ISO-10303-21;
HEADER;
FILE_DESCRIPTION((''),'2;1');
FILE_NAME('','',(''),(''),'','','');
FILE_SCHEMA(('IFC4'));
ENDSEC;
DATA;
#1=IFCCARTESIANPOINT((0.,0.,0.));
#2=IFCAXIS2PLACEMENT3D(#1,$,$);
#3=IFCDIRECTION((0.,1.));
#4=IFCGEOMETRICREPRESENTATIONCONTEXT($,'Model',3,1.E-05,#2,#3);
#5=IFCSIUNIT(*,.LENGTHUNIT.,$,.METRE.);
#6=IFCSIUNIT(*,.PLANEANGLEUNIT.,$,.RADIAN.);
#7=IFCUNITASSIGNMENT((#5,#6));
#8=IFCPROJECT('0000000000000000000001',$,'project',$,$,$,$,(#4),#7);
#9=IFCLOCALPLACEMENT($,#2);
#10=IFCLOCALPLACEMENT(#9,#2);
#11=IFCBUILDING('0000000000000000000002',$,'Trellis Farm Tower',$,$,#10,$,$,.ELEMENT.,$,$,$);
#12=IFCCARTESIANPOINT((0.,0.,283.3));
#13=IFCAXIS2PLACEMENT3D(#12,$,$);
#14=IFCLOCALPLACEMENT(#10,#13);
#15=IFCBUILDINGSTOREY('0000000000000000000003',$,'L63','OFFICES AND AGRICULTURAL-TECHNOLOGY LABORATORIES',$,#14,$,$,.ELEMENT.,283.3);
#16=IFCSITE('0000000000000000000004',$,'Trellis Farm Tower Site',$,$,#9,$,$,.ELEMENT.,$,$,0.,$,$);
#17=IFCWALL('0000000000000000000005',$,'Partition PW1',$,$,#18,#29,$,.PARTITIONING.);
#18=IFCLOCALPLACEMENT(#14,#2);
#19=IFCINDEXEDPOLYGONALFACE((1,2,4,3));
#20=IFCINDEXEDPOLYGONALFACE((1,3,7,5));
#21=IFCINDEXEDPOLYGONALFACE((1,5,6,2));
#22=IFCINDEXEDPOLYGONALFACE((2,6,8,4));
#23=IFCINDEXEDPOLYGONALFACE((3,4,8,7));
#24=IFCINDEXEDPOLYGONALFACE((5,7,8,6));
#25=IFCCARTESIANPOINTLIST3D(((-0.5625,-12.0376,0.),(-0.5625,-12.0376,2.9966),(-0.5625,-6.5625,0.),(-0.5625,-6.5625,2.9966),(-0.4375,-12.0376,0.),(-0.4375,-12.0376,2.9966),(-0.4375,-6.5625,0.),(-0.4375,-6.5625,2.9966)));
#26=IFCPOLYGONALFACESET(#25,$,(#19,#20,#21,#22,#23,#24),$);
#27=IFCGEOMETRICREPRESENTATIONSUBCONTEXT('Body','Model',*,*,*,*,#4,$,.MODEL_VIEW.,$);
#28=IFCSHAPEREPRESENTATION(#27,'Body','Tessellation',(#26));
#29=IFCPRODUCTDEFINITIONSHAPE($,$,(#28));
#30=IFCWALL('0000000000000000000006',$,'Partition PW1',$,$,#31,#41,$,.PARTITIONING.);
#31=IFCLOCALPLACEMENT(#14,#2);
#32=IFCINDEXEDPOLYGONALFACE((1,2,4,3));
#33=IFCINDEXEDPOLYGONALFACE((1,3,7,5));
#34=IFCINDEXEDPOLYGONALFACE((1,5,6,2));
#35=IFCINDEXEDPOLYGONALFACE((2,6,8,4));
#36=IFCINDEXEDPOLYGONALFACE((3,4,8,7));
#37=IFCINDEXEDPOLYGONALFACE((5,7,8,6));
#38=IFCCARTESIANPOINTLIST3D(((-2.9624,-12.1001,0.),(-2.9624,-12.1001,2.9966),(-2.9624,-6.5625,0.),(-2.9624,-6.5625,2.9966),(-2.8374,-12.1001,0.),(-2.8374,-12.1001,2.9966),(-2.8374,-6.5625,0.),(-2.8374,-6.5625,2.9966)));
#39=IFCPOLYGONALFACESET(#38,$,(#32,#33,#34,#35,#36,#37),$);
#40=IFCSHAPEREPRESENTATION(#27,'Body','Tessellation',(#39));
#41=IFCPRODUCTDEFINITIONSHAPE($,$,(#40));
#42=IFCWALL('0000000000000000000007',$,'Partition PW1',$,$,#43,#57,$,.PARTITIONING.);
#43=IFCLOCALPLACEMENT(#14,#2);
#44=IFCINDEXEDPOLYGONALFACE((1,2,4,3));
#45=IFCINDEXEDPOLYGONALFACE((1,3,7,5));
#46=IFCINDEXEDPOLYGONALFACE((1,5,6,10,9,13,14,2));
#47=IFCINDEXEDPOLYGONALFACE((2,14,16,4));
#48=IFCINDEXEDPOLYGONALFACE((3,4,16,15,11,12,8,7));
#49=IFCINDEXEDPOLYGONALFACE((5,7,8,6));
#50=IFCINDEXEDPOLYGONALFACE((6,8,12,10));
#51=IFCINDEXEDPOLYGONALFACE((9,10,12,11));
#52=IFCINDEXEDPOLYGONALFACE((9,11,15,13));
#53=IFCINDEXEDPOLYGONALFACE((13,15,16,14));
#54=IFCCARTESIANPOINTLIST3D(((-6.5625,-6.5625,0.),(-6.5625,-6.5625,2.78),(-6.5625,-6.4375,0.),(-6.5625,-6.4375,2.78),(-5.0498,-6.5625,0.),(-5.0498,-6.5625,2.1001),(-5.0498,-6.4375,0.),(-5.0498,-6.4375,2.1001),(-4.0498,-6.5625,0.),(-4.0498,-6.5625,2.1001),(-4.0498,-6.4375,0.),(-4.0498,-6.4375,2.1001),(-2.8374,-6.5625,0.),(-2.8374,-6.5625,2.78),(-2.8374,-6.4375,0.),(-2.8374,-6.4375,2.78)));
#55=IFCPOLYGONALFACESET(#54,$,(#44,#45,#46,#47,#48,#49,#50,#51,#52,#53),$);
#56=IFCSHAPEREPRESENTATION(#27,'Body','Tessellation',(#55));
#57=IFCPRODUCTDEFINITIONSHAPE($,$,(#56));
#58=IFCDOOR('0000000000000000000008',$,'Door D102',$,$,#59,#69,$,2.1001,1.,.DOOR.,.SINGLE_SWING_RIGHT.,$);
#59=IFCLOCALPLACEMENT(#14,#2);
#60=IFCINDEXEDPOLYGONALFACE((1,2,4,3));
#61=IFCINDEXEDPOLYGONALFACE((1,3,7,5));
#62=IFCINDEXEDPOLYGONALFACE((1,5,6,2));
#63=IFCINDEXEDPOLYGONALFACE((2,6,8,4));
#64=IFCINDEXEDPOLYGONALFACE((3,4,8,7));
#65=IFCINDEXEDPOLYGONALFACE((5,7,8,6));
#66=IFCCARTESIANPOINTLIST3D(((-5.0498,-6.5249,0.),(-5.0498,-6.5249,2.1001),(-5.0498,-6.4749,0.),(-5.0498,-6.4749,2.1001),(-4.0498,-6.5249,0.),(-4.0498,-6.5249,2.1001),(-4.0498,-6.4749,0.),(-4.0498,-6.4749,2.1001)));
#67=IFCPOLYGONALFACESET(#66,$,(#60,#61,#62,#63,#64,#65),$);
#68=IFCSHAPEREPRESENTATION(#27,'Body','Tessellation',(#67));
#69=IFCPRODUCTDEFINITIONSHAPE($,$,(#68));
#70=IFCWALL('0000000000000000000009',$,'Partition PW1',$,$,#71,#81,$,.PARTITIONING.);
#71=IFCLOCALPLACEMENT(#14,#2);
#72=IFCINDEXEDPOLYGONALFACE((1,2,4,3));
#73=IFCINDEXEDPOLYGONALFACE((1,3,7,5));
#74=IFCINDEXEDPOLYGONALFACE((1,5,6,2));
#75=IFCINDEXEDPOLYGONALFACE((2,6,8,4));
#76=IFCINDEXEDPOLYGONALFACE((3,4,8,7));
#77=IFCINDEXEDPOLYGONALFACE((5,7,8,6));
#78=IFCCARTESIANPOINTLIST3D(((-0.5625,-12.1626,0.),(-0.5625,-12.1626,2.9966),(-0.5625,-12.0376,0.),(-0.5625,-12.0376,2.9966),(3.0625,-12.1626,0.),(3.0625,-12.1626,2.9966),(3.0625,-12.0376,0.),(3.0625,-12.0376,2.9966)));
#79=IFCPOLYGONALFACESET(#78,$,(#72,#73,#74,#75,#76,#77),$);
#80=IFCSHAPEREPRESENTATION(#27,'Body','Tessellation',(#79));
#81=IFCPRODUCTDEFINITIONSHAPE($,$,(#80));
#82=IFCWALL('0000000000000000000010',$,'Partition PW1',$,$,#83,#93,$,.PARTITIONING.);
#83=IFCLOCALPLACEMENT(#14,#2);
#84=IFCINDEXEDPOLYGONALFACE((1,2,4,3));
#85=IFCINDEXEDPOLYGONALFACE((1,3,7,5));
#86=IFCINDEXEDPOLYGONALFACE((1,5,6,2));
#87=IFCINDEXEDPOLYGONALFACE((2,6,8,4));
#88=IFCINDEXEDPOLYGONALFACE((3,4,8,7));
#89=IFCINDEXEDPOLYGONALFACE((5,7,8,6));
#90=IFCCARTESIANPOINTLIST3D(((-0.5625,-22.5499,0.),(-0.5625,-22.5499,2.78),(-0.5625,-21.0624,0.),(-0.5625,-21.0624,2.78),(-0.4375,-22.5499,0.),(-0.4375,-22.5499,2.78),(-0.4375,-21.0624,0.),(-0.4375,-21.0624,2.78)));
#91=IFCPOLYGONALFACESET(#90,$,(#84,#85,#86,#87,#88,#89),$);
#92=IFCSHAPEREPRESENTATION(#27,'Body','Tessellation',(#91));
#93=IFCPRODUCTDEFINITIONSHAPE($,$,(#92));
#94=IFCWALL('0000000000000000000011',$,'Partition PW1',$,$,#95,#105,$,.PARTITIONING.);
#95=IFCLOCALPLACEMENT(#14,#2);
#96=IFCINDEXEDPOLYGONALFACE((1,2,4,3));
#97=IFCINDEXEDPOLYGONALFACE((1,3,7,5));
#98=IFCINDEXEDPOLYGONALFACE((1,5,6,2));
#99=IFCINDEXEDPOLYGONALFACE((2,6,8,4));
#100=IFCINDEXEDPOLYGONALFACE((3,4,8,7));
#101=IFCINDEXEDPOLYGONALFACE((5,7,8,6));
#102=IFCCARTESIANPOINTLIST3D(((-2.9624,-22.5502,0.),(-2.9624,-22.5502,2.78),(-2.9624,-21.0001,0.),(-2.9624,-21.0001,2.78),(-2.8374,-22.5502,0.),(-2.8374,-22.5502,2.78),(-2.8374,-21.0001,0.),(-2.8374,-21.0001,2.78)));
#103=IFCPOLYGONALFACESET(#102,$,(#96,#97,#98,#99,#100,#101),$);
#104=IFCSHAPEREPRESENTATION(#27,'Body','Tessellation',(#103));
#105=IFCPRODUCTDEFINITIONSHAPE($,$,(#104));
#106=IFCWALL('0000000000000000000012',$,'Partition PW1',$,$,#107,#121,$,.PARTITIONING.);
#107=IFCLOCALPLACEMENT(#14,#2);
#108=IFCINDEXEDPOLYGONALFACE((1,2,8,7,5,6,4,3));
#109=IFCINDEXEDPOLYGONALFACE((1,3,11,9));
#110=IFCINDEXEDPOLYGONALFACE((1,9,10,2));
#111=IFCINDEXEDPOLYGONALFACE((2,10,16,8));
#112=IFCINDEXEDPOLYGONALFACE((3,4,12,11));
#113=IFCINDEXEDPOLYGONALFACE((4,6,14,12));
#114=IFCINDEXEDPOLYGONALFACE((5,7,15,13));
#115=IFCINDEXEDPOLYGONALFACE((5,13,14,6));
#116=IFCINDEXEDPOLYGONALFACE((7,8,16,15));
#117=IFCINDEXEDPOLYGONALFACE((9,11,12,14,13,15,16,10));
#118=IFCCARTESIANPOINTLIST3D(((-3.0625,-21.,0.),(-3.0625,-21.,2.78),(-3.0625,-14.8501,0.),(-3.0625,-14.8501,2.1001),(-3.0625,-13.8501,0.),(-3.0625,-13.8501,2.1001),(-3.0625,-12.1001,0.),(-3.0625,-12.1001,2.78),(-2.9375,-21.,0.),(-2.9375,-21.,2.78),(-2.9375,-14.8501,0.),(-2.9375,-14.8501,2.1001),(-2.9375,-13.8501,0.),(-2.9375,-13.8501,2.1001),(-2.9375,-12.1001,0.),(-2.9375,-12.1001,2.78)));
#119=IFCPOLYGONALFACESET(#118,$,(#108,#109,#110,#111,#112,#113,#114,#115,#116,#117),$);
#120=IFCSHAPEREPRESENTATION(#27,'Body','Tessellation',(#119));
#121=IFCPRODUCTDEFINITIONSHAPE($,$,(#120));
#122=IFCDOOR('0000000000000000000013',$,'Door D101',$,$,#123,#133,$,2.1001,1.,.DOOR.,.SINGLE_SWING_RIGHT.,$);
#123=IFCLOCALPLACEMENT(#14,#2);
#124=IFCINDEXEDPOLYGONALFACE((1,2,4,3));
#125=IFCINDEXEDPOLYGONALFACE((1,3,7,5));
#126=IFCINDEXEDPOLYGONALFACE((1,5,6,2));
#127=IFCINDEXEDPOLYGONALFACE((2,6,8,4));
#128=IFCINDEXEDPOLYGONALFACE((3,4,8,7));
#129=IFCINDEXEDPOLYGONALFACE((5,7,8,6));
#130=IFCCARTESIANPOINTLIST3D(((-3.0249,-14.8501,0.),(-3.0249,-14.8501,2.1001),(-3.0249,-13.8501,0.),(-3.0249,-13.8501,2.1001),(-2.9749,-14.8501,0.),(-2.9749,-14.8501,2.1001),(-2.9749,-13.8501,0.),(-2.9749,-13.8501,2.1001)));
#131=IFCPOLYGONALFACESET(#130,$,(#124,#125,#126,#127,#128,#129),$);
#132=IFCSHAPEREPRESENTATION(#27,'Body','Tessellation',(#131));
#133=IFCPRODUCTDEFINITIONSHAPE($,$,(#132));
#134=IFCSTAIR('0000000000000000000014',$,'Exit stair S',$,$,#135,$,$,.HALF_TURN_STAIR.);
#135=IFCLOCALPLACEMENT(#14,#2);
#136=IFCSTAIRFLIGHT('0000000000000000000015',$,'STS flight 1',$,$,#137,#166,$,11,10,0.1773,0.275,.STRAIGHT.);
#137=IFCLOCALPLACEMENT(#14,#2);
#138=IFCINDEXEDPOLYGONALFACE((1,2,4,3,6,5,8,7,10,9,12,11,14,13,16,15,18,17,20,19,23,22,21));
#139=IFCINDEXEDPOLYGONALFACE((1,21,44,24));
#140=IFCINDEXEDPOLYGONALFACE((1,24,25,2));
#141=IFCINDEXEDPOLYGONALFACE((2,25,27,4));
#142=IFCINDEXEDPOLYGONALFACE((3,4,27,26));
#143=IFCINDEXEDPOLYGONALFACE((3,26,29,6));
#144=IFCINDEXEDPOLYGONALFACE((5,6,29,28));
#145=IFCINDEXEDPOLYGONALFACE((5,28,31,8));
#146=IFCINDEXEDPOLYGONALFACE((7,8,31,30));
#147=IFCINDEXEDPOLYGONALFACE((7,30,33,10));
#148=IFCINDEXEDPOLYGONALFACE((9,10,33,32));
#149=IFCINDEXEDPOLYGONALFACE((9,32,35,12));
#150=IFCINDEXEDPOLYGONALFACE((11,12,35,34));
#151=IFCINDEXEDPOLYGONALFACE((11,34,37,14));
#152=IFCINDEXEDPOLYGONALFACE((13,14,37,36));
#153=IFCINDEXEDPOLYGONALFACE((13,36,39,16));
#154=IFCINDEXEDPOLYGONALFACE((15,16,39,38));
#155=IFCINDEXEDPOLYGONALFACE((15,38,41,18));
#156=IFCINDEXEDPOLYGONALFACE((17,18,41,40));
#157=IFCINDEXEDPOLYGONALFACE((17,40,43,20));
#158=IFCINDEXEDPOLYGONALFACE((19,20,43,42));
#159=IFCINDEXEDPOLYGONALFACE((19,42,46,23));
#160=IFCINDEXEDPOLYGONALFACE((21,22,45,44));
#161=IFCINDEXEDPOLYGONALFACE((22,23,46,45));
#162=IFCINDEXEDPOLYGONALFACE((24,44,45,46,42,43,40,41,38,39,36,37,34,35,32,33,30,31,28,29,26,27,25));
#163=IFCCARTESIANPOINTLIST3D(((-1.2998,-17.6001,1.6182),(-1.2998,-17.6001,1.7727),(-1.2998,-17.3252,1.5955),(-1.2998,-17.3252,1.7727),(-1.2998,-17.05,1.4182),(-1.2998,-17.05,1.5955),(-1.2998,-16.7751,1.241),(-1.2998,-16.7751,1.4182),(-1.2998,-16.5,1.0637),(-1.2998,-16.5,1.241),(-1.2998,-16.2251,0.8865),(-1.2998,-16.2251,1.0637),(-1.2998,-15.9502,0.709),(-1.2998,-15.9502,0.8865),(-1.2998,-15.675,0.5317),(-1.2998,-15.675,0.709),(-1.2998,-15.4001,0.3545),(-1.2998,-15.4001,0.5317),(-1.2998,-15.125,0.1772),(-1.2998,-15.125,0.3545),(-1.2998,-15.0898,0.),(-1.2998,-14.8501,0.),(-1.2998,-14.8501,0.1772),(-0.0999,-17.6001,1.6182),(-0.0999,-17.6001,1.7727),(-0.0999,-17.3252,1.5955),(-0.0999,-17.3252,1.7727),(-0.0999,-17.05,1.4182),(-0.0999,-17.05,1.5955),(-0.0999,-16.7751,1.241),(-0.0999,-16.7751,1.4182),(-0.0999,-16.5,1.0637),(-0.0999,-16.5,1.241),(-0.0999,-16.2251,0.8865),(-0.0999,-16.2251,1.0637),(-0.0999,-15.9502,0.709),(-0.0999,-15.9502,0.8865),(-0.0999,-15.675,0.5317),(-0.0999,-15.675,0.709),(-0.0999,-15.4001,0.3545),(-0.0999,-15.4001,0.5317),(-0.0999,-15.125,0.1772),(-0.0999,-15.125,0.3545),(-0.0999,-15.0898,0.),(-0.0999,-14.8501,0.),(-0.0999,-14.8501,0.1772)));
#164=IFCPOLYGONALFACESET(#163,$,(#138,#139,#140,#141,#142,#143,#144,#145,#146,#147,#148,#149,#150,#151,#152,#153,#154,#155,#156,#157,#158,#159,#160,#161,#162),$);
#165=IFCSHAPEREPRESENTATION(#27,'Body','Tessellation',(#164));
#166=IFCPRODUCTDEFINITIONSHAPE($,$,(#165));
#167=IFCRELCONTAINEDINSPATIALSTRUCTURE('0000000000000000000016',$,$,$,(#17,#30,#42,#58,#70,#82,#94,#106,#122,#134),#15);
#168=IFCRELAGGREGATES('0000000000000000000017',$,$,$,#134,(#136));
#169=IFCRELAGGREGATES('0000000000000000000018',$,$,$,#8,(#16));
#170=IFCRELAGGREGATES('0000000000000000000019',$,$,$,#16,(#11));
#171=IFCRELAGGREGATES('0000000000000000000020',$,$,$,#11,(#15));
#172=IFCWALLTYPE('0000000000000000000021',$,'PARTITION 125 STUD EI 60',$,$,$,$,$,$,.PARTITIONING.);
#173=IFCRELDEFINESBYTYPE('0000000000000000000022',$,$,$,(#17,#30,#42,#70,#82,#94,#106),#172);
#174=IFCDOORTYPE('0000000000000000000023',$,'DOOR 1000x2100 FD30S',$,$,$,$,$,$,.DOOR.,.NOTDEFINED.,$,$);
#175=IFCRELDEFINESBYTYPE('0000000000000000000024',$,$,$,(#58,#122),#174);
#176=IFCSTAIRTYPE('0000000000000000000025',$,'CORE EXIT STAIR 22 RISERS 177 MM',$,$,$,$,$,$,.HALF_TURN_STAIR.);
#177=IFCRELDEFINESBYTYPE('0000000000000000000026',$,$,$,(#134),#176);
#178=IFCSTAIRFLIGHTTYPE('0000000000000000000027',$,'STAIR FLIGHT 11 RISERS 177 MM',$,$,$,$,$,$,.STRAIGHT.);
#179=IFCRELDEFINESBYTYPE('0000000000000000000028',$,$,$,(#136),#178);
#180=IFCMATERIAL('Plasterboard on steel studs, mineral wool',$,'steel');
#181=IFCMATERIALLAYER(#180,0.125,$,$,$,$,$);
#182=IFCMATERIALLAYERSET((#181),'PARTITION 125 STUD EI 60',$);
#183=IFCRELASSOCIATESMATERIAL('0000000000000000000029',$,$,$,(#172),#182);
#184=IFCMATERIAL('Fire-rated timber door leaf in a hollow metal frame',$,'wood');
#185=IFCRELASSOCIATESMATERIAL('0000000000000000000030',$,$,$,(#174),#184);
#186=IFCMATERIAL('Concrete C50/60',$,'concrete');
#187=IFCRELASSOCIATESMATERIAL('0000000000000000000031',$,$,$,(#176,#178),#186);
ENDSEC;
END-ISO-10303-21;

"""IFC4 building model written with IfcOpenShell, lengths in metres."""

from ifc_helpers import new_model, si_unit, direction, frame, frame_2d, origin, place, context, subcontext, project, spatial, polyline, rectangle, outline, extrude, source, transform, mapped, material, layer, layer_set, type_object, element, fill, aggregate, save


model = new_model("IFC4")

# Units and contexts
model_context = context("Model", 3, precision=1e-05, world=origin(), true_north=direction((0.0, 1.0)))
body_context = subcontext(model_context, "Body", "Model", "MODEL_VIEW")
ifc_project = project(units=[si_unit("LENGTHUNIT", "METRE"), si_unit("PLANEANGLEUNIT", "RADIAN")], contexts=[model_context])

# Site, building, storey
site_placement = place(None, origin())
site = spatial("IfcSite", under=ifc_project, at=site_placement, Name="Trellis Farm Tower Site", CompositionType="ELEMENT", RefElevation=0.0)
building_placement = place(site_placement, origin())
building = spatial("IfcBuilding", under=site, at=building_placement, Name="Trellis Farm Tower", CompositionType="ELEMENT")
storey_placement = place(building_placement, frame((0.0, 0.0, 283.3)))
storey = spatial("IfcBuildingStorey", under=building, at=storey_placement, Name="L63", Description="OFFICES AND AGRICULTURAL-TECHNOLOGY LABORATORIES", CompositionType="ELEMENT", Elevation=283.3)

# Shared definitions
placement = place(storey_placement, origin())

# Walls
ifc_material_1 = material(Name="Concrete C50/60", Category="concrete")
ifc_material_2 = material(Name="Plasterboard on steel studs, mineral wool", Category="steel")
ifc_layer_1 = layer(ifc_material_2, 0.125)
ifc_layer_set_1 = layer_set([ifc_layer_1], Name="PARTITION 125 STUD EI 60")
wall_type_1 = type_object("IfcWallType", Name="PARTITION 125 STUD EI 60", PredefinedType="PARTITIONING", material=ifc_layer_set_1)
shared_shape_1 = source(origin(), body_context, "Body", "SweptSolid", [
    extrude(rectangle(XDim=5.4751, YDim=0.125, at=frame_2d((2.7375, 0.0))), origin(), (0.0, 0.0, 1.0), 2.9966),
])
wall_1_placement = place(storey_placement, frame((-0.5, -6.5625, 0.0), z_axis=(0.0, 0.0, 1.0), x_axis=(0.0, -1.0, 0.0)))
element("IfcWall", 1, at=wall_1_placement, inside=storey, type_object=wall_type_1, Name="Partition PW1", PredefinedType="PARTITIONING", context=body_context, shape_type="MappedRepresentation", body=[
    mapped(shared_shape_1, transform((0.0, 0.0, 0.0))),
])
shared_shape_2 = source(origin(), body_context, "Body", "SweptSolid", [
    extrude(rectangle(XDim=5.5376, YDim=0.125, at=frame_2d((2.7688, 0.0))), origin(), (0.0, 0.0, 1.0), 2.9966),
])
wall_2_placement = place(storey_placement, frame((-2.8999, -12.1001, 0.0), z_axis=(0.0, 0.0, 1.0), x_axis=(0.0, 1.0, 0.0)))
element("IfcWall", 2, at=wall_2_placement, inside=storey, type_object=wall_type_1, Name="Partition PW1", PredefinedType="PARTITIONING", context=body_context, shape_type="MappedRepresentation", body=[
    mapped(shared_shape_2, transform((0.0, 0.0, 0.0))),
])

# Wall, opening, door
shared_shape_3 = source(origin(), body_context, "Body", "SweptSolid", [
    extrude(rectangle(XDim=3.7251, YDim=0.125, at=frame_2d((1.8625, 0.0))), origin(), (0.0, 0.0, 1.0), 2.78),
])
wall_3_placement = place(storey_placement, frame((-2.8374, -6.5, 0.0), z_axis=(0.0, 0.0, 1.0), x_axis=(-1.0, 0.0, 0.0)))
wall_3 = element("IfcWall", 3, at=wall_3_placement, inside=storey, type_object=wall_type_1, Name="Partition PW1", PredefinedType="PARTITIONING", context=body_context, shape_type="MappedRepresentation", body=[
    mapped(shared_shape_3, transform((0.0, 0.0, 0.0))),
])
shared_shape_4 = source(origin(), body_context, "Body", "SweptSolid", [
    extrude(rectangle(XDim=1.0, YDim=2.1001, at=frame_2d((0.5, 1.05))), frame((0.0, 0.0725, 0.0), z_axis=(0.0, -1.0, 0.0), x_axis=(1.0, 0.0, 0.0)), (0.0, 0.0, 1.0), 0.145),
])
opening_1_placement = place(wall_3_placement, frame((1.2124, 0.0, 0.0)))
opening_1 = element("IfcOpeningElement", 4, at=opening_1_placement, cuts=wall_3, PredefinedType="OPENING", context=body_context, shape_type="MappedRepresentation", body=[
    mapped(shared_shape_4, transform((0.0, 0.0, 0.0))),
])
ifc_material_3 = material(Name="Fire-rated timber door leaf in a hollow metal frame", Category="wood")
door_type = type_object("IfcDoorType", Name="DOOR 1000x2100 FD30S", OperationType="NOTDEFINED", PredefinedType="DOOR", material=ifc_material_3)
shared_shape_5 = source(origin(), body_context, "Body", "SweptSolid", [
    extrude(rectangle(XDim=1.0, YDim=2.1001, at=frame_2d((0.5, 1.05))), frame((0.0, 0.0249, 0.0), z_axis=(0.0, -1.0, 0.0), x_axis=(1.0, 0.0, 0.0)), (0.0, 0.0, 1.0), 0.05),
])
door_1_placement = place(opening_1_placement, origin())
door_1 = element("IfcDoor", 5, at=door_1_placement, inside=storey, type_object=door_type, Name="Door D102", OperationType="SINGLE_SWING_RIGHT", OverallHeight=2.1001, OverallWidth=1.0, PredefinedType="DOOR", context=body_context, shape_type="MappedRepresentation", body=[
    mapped(shared_shape_5, transform((0.0, 0.0, 0.0))),
])
fill(opening_1, door_1)

# Walls
shared_shape_6 = source(origin(), body_context, "Body", "SweptSolid", [
    extrude(rectangle(XDim=3.625, YDim=0.125, at=frame_2d((1.8125, 0.0))), origin(), (0.0, 0.0, 1.0), 2.9966),
])
wall_4_placement = place(storey_placement, frame((-0.5625, -12.1001, 0.0), z_axis=(0.0, 0.0, 1.0), x_axis=(1.0, 0.0, 0.0)))
element("IfcWall", 6, at=wall_4_placement, inside=storey, type_object=wall_type_1, Name="Partition PW1", PredefinedType="PARTITIONING", context=body_context, shape_type="MappedRepresentation", body=[
    mapped(shared_shape_6, transform((0.0, 0.0, 0.0))),
])
shared_shape_7 = source(origin(), body_context, "Body", "SweptSolid", [
    extrude(rectangle(XDim=1.4875, YDim=0.125, at=frame_2d((0.7437, 0.0))), origin(), (0.0, 0.0, 1.0), 2.78),
])
wall_5_placement = place(storey_placement, frame((-0.5, -21.0625, 0.0), z_axis=(0.0, 0.0, 1.0), x_axis=(0.0, -1.0, 0.0)))
element("IfcWall", 7, at=wall_5_placement, inside=storey, type_object=wall_type_1, Name="Partition PW1", PredefinedType="PARTITIONING", context=body_context, shape_type="MappedRepresentation", body=[
    mapped(shared_shape_7, transform((0.0, 0.0, 0.0))),
])
shared_shape_8 = source(origin(), body_context, "Body", "SweptSolid", [
    extrude(rectangle(XDim=1.55, YDim=0.125, at=frame_2d((0.7749, 0.0))), origin(), (0.0, 0.0, 1.0), 2.78),
])
wall_6_placement = place(storey_placement, frame((-2.8999, -22.55, 0.0), z_axis=(0.0, 0.0, 1.0), x_axis=(0.0, 1.0, 0.0)))
element("IfcWall", 8, at=wall_6_placement, inside=storey, type_object=wall_type_1, Name="Partition PW1", PredefinedType="PARTITIONING", context=body_context, shape_type="MappedRepresentation", body=[
    mapped(shared_shape_8, transform((0.0, 0.0, 0.0))),
])

# Wall, opening, door
shared_shape_9 = source(origin(), body_context, "Body", "SweptSolid", [
    extrude(rectangle(XDim=8.8999, YDim=0.125, at=frame_2d((4.45, 0.0))), origin(), (0.0, 0.0, 1.0), 2.78),
])
wall_7_placement = place(storey_placement, frame((-3.0, -21.0, 0.0), z_axis=(0.0, 0.0, 1.0), x_axis=(0.0, 1.0, 0.0)))
wall_7 = element("IfcWall", 9, at=wall_7_placement, inside=storey, type_object=wall_type_1, Name="Partition PW1", PredefinedType="PARTITIONING", context=body_context, shape_type="MappedRepresentation", body=[
    mapped(shared_shape_9, transform((0.0, 0.0, 0.0))),
])
opening_2_placement = place(wall_7_placement, frame((6.1499, 0.0, 0.0)))
opening_2 = element("IfcOpeningElement", 10, at=opening_2_placement, cuts=wall_7, PredefinedType="OPENING", context=body_context, shape_type="MappedRepresentation", body=[
    mapped(shared_shape_4, transform((0.0, 0.0, 0.0))),
])
door_2_placement = place(opening_2_placement, origin())
door_2 = element("IfcDoor", 11, at=door_2_placement, inside=storey, type_object=door_type, Name="Door D101", OperationType="SINGLE_SWING_RIGHT", OverallHeight=2.1001, OverallWidth=1.0, PredefinedType="DOOR", context=body_context, shape_type="MappedRepresentation", body=[
    mapped(shared_shape_5, transform((0.0, 0.0, 0.0))),
])
fill(opening_2, door_2)

# Stair, stair flight
stair_type = type_object("IfcStairType", Name="CORE EXIT STAIR 22 RISERS 177 MM", PredefinedType="HALF_TURN_STAIR", material=ifc_material_1)
stair = element("IfcStair", 12, at=placement, inside=storey, type_object=stair_type, Name="Exit stair S", PredefinedType="HALF_TURN_STAIR")
stair_flight_type = type_object("IfcStairFlightType", Name="STAIR FLIGHT 11 RISERS 177 MM", PredefinedType="STRAIGHT", material=ifc_material_1)
shared_shape_10 = source(origin(), body_context, "Body", "SweptSolid", [
    extrude(outline(polyline([(0.0, 0.0), (0.0, 0.1772), (0.2749, 0.1772), (0.2749, 0.3545), (0.55, 0.3545), (0.55, 0.5317), (0.825, 0.5317), (0.825, 0.709), (1.1001, 0.709), (1.1001, 0.8865), (1.375, 0.8865), (1.375, 1.0637), (1.6499, 1.0637), (1.6499, 1.241), (1.925, 1.241), (1.925, 1.4182), (2.2, 1.4182), (2.2, 1.5955), (2.4751, 1.5955), (2.4751, 1.7727), (2.75, 1.7727), (2.75, 1.95), (2.75, 1.6182), (0.2397, 0.0), (0.0, 0.0)])), frame((0.0, 0.6001, 0.0), z_axis=(0.0, -1.0, 0.0), x_axis=(1.0, 0.0, 0.0)), (0.0, 0.0, 1.0), 1.2),
])
stair_flight_placement = place(storey_placement, frame((-0.7, -14.8501, 0.0), z_axis=(0.0, 0.0, 1.0), x_axis=(0.0, -1.0, 0.0)))
stair_flight = element("IfcStairFlight", 13, at=stair_flight_placement, type_object=stair_flight_type, Name="STS flight 1", NumberOfRisers=11, NumberOfTreads=10, PredefinedType="STRAIGHT", RiserHeight=0.1773, TreadLength=0.275, context=body_context, shape_type="MappedRepresentation", body=[
    mapped(shared_shape_10, transform((0.0, 0.0, 0.0))),
])
aggregate(stair, [stair_flight])

save(model, "model.ifc")
